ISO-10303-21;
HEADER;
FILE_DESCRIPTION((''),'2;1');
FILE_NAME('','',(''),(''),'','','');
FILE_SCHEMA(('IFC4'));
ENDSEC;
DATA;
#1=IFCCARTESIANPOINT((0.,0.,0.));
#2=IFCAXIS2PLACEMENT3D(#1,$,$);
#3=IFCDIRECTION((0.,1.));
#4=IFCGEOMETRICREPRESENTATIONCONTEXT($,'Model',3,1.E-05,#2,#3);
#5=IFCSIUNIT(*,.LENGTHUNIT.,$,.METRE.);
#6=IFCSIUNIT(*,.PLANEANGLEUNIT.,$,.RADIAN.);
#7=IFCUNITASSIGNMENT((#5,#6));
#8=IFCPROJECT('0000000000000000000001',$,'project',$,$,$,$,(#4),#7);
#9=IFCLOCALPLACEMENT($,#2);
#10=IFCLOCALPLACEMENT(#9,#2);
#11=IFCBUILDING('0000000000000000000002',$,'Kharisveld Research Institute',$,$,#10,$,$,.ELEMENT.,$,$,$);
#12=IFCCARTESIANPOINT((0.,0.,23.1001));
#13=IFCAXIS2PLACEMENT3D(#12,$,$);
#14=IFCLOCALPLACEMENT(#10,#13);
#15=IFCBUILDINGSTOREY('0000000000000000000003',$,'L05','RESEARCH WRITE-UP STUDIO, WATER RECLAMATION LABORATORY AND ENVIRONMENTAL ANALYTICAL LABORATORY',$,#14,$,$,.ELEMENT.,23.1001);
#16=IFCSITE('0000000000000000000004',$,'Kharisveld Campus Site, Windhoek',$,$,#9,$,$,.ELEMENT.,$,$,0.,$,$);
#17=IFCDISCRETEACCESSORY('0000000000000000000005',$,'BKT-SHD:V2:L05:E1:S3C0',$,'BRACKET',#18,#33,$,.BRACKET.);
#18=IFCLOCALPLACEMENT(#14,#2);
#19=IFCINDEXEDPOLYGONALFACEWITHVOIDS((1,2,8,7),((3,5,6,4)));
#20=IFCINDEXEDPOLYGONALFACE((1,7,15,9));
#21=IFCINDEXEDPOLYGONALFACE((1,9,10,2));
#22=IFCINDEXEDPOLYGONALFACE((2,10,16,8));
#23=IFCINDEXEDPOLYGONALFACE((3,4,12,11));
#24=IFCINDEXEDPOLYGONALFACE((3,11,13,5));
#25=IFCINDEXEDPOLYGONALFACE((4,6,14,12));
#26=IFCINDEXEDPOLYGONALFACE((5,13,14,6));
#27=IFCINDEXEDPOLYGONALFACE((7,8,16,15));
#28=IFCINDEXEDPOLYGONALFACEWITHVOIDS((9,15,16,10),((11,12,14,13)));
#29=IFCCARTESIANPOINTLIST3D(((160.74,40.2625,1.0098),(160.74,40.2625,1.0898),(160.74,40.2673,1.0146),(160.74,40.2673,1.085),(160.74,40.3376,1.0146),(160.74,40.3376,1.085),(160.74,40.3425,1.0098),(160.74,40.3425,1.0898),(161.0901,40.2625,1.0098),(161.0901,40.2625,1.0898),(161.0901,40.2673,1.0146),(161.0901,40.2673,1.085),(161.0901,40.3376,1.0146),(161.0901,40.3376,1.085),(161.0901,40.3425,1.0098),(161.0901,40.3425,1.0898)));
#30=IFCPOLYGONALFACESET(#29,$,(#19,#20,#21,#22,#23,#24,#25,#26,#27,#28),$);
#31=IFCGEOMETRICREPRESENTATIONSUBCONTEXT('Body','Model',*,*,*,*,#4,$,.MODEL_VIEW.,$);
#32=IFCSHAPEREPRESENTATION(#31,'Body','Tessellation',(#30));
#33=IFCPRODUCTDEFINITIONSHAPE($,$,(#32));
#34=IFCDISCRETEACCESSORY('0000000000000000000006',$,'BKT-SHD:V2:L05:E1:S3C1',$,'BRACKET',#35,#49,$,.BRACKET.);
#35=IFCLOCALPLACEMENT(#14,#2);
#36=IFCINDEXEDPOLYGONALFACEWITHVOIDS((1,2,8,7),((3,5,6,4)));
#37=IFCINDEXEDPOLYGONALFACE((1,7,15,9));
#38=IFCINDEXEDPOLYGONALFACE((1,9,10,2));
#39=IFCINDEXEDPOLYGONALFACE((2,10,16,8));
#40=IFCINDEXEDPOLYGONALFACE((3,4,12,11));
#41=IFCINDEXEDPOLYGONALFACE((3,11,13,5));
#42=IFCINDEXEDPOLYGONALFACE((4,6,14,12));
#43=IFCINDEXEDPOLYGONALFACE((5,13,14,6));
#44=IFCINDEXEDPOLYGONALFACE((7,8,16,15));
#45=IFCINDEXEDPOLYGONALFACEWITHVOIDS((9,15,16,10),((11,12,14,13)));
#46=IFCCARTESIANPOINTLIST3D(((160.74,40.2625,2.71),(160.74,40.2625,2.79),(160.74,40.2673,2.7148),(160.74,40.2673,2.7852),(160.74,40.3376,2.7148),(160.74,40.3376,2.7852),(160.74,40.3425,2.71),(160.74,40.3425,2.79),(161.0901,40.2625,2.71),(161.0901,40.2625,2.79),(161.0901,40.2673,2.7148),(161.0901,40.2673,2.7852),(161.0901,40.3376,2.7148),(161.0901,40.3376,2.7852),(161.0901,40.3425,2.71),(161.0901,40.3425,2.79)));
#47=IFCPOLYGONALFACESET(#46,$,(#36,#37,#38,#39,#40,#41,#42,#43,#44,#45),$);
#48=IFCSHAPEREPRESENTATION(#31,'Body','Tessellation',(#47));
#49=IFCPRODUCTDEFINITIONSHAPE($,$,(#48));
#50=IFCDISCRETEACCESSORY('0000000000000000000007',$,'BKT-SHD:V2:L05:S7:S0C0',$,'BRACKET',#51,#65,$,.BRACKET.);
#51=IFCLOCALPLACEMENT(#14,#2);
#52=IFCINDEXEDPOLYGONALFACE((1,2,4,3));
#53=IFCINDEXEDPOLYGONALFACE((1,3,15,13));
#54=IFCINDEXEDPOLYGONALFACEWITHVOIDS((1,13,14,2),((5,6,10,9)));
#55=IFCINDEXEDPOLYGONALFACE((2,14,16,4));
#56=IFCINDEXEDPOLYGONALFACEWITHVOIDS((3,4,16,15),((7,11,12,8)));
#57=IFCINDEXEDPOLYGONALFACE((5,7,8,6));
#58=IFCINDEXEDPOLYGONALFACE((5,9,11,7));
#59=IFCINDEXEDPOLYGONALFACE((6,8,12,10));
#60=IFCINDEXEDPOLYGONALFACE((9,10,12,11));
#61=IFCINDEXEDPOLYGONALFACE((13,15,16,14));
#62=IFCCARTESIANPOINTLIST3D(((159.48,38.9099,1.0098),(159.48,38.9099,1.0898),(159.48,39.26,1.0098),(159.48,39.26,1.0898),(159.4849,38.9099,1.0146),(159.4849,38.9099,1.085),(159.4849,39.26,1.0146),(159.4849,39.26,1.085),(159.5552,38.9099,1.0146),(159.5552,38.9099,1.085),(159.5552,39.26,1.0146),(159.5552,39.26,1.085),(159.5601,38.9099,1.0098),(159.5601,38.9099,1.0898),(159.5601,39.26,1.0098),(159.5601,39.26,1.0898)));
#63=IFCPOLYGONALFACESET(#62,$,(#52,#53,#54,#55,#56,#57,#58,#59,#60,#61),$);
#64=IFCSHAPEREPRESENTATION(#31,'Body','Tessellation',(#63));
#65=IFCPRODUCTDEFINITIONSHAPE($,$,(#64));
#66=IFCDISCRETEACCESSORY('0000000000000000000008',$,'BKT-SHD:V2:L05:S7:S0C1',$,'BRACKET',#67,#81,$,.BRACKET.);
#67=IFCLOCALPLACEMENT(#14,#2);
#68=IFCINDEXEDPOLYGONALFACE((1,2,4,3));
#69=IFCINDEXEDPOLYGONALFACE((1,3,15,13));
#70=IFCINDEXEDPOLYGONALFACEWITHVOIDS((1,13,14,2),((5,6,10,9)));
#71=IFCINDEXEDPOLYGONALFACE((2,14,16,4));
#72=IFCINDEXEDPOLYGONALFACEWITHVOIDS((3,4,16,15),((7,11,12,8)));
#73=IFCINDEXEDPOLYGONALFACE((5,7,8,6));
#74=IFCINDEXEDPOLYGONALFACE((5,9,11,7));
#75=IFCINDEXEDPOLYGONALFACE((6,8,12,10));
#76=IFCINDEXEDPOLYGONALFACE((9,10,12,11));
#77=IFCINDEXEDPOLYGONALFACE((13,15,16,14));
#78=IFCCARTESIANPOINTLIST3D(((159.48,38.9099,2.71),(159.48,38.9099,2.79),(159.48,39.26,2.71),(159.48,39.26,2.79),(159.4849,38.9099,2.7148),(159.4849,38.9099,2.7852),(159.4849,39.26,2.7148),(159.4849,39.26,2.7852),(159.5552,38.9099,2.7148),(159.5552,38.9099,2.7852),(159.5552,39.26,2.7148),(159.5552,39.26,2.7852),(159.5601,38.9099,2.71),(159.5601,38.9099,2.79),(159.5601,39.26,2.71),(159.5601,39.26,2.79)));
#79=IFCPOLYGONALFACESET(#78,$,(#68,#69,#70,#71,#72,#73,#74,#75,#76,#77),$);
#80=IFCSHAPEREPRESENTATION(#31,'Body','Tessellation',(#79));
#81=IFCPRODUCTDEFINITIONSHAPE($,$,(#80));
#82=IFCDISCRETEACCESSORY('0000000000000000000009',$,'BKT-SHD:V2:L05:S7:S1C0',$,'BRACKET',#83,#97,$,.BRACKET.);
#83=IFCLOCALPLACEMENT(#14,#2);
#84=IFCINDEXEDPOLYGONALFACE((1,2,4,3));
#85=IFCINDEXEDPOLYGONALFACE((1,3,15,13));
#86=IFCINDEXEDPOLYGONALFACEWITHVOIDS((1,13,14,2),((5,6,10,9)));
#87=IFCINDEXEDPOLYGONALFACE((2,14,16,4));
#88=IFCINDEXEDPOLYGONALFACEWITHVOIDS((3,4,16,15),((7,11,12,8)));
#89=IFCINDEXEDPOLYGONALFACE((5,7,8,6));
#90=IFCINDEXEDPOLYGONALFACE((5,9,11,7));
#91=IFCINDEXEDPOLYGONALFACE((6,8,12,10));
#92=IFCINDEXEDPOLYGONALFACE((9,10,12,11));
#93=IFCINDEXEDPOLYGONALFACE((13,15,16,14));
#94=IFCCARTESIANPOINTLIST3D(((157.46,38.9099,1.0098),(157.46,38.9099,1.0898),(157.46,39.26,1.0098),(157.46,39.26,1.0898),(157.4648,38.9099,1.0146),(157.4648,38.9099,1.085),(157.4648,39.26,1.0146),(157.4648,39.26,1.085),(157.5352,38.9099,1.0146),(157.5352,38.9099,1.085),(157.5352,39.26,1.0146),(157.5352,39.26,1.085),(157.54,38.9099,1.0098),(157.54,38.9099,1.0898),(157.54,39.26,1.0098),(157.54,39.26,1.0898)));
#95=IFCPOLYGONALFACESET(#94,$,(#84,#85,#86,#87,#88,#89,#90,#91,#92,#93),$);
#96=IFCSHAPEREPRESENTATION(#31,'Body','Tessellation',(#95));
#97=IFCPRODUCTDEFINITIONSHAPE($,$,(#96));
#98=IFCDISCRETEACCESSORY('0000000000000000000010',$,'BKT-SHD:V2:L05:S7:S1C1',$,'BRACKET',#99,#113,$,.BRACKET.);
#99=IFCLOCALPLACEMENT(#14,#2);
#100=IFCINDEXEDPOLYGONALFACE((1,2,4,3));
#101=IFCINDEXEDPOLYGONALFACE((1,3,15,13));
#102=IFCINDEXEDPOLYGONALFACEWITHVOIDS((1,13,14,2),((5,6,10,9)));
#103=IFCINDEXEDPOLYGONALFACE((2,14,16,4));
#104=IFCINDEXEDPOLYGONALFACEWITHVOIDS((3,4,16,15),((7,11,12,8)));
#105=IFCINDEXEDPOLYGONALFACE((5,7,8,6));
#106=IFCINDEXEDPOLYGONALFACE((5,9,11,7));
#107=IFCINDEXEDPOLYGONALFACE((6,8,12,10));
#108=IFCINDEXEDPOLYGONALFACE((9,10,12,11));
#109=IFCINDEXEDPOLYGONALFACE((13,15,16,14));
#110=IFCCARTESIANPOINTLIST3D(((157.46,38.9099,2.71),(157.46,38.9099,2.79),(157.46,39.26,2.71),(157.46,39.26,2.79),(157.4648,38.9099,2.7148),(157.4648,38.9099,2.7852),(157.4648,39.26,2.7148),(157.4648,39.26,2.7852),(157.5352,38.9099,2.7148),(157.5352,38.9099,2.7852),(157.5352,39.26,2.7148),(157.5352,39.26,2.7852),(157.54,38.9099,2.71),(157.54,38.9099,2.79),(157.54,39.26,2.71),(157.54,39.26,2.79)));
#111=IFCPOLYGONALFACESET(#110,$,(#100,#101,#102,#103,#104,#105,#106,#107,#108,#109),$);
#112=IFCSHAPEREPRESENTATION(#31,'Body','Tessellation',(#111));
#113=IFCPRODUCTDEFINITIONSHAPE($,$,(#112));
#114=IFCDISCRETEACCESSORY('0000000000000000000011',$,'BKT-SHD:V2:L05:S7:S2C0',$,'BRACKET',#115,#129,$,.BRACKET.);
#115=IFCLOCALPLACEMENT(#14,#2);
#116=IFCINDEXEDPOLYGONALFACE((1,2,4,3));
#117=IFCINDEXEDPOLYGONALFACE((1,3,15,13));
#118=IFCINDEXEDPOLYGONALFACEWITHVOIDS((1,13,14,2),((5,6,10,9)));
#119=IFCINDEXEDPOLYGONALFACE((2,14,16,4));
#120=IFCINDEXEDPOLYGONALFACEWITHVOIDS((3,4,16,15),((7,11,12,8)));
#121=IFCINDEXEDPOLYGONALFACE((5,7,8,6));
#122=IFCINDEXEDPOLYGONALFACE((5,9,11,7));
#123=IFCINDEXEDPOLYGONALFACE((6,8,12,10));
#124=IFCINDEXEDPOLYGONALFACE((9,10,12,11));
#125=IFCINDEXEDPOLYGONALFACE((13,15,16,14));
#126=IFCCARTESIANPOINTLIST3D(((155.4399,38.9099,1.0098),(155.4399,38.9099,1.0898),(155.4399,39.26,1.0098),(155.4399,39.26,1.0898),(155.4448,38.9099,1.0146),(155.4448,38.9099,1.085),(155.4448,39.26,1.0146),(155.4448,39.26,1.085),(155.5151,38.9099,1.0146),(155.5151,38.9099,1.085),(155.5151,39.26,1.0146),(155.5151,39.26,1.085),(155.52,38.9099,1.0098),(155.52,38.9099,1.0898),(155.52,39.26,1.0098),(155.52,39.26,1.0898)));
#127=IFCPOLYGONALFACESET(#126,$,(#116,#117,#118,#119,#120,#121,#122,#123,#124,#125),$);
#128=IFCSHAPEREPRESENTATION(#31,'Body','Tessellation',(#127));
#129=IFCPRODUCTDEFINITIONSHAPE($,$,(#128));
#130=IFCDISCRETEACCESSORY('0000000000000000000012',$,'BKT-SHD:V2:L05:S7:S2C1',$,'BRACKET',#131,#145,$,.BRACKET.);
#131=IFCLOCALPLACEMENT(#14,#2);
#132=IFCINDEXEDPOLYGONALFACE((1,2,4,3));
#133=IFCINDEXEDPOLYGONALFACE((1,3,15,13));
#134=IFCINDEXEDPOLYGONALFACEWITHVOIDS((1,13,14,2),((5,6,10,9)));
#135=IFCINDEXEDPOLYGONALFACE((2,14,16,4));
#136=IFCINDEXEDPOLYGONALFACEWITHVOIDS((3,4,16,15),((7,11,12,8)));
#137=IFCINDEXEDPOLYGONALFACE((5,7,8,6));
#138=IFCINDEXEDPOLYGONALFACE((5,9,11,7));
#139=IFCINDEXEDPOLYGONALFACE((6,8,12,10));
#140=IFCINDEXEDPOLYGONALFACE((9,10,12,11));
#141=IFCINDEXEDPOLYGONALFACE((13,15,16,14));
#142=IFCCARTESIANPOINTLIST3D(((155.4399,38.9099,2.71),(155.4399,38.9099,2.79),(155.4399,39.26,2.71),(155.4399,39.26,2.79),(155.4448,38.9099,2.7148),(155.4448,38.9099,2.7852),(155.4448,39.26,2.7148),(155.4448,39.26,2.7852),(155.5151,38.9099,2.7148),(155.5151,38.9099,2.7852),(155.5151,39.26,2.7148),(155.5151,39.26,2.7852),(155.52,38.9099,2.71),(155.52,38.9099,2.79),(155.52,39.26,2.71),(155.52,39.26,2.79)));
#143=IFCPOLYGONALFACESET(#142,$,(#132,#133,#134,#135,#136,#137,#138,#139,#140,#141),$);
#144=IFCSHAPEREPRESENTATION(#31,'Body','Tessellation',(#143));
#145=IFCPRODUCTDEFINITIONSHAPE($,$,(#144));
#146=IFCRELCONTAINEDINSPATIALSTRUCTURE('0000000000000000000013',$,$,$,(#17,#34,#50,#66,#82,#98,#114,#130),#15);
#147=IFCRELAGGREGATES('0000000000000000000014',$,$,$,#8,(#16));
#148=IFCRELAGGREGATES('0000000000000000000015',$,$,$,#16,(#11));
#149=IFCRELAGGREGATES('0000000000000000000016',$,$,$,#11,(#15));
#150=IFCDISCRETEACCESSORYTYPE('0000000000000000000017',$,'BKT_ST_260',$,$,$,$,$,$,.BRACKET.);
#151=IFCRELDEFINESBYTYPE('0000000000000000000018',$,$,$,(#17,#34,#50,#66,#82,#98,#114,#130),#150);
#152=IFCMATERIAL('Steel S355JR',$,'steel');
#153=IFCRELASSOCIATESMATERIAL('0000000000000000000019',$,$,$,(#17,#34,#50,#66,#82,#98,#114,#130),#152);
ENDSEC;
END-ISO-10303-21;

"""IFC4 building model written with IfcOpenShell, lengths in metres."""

from ifc_helpers import new_model, si_unit, direction, frame, origin, origin_2d, place, context, subcontext, project, spatial, hollow_rectangle, extrude, material, type_object, element, save


model = new_model("IFC4")

# Units and contexts
model_context = context("Model", 3, precision=1e-05, world=origin(), true_north=direction((0.0, 1.0)))
body_context = subcontext(model_context, "Body", "Model", "MODEL_VIEW")
ifc_project = project(units=[si_unit("LENGTHUNIT", "METRE"), si_unit("PLANEANGLEUNIT", "RADIAN")], contexts=[model_context])

# Site, building, storey
site_placement = place(None, origin())
site = spatial("IfcSite", under=ifc_project, at=site_placement, Name="Kharisveld Campus Site, Windhoek", CompositionType="ELEMENT", RefElevation=0.0)
building_placement = place(site_placement, origin())
building = spatial("IfcBuilding", under=site, at=building_placement, Name="Kharisveld Research Institute", CompositionType="ELEMENT")
storey_placement = place(building_placement, frame((0.0, 0.0, 23.1001)))
storey = spatial("IfcBuildingStorey", under=building, at=storey_placement, Name="L05", Description="RESEARCH WRITE-UP STUDIO, WATER RECLAMATION LABORATORY AND ENVIRONMENTAL ANALYTICAL LABORATORY", CompositionType="ELEMENT", Elevation=23.1001)

# Discrete accessories
ifc_material_1 = material(Name="Steel S355JR", Category="steel")
discrete_accessory_type = type_object("IfcDiscreteAccessoryType", Name="BKT_ST_260", PredefinedType="BRACKET")
for number, where, z_axis, x_axis, name in (
    (1, (160.74, 40.3025, 1.0498), (1.0, 0.0, 0.0), (0.0, 1.0, 0.0), "BKT-SHD:V2:L05:E1:S3C0"),
    (2, (160.74, 40.3025, 2.75), (1.0, 0.0, 0.0), (0.0, 1.0, 0.0), "BKT-SHD:V2:L05:E1:S3C1"),
    (3, (159.52, 39.26, 1.0498), (0.0, -1.0, 0.0), (1.0, 0.0, 0.0), "BKT-SHD:V2:L05:S7:S0C0"),
    (4, (159.52, 39.26, 2.75), (0.0, -1.0, 0.0), (1.0, 0.0, 0.0), "BKT-SHD:V2:L05:S7:S0C1"),
    (5, (157.5, 39.26, 1.0498), (0.0, -1.0, 0.0), (1.0, 0.0, 0.0), "BKT-SHD:V2:L05:S7:S1C0"),
    (6, (157.5, 39.26, 2.75), (0.0, -1.0, 0.0), (1.0, 0.0, 0.0), "BKT-SHD:V2:L05:S7:S1C1"),
    (7, (155.48, 39.26, 1.0498), (0.0, -1.0, 0.0), (1.0, 0.0, 0.0), "BKT-SHD:V2:L05:S7:S2C0"),
    (8, (155.48, 39.26, 2.75), (0.0, -1.0, 0.0), (1.0, 0.0, 0.0), "BKT-SHD:V2:L05:S7:S2C1"),
):
    element("IfcDiscreteAccessory", number, at=place(storey_placement, frame(where, z_axis=z_axis, x_axis=x_axis)), inside=storey, type_object=discrete_accessory_type, material=ifc_material_1, Name=name, ObjectType="BRACKET", PredefinedType="BRACKET", context=body_context, shape_type="SweptSolid", body=[
        extrude(hollow_rectangle(XDim=0.0801, YDim=0.0801, WallThickness=0.0049, at=origin_2d()), origin(), (0.0, 0.0, 1.0), 0.3501),
    ])

save(model, "model.ifc")
